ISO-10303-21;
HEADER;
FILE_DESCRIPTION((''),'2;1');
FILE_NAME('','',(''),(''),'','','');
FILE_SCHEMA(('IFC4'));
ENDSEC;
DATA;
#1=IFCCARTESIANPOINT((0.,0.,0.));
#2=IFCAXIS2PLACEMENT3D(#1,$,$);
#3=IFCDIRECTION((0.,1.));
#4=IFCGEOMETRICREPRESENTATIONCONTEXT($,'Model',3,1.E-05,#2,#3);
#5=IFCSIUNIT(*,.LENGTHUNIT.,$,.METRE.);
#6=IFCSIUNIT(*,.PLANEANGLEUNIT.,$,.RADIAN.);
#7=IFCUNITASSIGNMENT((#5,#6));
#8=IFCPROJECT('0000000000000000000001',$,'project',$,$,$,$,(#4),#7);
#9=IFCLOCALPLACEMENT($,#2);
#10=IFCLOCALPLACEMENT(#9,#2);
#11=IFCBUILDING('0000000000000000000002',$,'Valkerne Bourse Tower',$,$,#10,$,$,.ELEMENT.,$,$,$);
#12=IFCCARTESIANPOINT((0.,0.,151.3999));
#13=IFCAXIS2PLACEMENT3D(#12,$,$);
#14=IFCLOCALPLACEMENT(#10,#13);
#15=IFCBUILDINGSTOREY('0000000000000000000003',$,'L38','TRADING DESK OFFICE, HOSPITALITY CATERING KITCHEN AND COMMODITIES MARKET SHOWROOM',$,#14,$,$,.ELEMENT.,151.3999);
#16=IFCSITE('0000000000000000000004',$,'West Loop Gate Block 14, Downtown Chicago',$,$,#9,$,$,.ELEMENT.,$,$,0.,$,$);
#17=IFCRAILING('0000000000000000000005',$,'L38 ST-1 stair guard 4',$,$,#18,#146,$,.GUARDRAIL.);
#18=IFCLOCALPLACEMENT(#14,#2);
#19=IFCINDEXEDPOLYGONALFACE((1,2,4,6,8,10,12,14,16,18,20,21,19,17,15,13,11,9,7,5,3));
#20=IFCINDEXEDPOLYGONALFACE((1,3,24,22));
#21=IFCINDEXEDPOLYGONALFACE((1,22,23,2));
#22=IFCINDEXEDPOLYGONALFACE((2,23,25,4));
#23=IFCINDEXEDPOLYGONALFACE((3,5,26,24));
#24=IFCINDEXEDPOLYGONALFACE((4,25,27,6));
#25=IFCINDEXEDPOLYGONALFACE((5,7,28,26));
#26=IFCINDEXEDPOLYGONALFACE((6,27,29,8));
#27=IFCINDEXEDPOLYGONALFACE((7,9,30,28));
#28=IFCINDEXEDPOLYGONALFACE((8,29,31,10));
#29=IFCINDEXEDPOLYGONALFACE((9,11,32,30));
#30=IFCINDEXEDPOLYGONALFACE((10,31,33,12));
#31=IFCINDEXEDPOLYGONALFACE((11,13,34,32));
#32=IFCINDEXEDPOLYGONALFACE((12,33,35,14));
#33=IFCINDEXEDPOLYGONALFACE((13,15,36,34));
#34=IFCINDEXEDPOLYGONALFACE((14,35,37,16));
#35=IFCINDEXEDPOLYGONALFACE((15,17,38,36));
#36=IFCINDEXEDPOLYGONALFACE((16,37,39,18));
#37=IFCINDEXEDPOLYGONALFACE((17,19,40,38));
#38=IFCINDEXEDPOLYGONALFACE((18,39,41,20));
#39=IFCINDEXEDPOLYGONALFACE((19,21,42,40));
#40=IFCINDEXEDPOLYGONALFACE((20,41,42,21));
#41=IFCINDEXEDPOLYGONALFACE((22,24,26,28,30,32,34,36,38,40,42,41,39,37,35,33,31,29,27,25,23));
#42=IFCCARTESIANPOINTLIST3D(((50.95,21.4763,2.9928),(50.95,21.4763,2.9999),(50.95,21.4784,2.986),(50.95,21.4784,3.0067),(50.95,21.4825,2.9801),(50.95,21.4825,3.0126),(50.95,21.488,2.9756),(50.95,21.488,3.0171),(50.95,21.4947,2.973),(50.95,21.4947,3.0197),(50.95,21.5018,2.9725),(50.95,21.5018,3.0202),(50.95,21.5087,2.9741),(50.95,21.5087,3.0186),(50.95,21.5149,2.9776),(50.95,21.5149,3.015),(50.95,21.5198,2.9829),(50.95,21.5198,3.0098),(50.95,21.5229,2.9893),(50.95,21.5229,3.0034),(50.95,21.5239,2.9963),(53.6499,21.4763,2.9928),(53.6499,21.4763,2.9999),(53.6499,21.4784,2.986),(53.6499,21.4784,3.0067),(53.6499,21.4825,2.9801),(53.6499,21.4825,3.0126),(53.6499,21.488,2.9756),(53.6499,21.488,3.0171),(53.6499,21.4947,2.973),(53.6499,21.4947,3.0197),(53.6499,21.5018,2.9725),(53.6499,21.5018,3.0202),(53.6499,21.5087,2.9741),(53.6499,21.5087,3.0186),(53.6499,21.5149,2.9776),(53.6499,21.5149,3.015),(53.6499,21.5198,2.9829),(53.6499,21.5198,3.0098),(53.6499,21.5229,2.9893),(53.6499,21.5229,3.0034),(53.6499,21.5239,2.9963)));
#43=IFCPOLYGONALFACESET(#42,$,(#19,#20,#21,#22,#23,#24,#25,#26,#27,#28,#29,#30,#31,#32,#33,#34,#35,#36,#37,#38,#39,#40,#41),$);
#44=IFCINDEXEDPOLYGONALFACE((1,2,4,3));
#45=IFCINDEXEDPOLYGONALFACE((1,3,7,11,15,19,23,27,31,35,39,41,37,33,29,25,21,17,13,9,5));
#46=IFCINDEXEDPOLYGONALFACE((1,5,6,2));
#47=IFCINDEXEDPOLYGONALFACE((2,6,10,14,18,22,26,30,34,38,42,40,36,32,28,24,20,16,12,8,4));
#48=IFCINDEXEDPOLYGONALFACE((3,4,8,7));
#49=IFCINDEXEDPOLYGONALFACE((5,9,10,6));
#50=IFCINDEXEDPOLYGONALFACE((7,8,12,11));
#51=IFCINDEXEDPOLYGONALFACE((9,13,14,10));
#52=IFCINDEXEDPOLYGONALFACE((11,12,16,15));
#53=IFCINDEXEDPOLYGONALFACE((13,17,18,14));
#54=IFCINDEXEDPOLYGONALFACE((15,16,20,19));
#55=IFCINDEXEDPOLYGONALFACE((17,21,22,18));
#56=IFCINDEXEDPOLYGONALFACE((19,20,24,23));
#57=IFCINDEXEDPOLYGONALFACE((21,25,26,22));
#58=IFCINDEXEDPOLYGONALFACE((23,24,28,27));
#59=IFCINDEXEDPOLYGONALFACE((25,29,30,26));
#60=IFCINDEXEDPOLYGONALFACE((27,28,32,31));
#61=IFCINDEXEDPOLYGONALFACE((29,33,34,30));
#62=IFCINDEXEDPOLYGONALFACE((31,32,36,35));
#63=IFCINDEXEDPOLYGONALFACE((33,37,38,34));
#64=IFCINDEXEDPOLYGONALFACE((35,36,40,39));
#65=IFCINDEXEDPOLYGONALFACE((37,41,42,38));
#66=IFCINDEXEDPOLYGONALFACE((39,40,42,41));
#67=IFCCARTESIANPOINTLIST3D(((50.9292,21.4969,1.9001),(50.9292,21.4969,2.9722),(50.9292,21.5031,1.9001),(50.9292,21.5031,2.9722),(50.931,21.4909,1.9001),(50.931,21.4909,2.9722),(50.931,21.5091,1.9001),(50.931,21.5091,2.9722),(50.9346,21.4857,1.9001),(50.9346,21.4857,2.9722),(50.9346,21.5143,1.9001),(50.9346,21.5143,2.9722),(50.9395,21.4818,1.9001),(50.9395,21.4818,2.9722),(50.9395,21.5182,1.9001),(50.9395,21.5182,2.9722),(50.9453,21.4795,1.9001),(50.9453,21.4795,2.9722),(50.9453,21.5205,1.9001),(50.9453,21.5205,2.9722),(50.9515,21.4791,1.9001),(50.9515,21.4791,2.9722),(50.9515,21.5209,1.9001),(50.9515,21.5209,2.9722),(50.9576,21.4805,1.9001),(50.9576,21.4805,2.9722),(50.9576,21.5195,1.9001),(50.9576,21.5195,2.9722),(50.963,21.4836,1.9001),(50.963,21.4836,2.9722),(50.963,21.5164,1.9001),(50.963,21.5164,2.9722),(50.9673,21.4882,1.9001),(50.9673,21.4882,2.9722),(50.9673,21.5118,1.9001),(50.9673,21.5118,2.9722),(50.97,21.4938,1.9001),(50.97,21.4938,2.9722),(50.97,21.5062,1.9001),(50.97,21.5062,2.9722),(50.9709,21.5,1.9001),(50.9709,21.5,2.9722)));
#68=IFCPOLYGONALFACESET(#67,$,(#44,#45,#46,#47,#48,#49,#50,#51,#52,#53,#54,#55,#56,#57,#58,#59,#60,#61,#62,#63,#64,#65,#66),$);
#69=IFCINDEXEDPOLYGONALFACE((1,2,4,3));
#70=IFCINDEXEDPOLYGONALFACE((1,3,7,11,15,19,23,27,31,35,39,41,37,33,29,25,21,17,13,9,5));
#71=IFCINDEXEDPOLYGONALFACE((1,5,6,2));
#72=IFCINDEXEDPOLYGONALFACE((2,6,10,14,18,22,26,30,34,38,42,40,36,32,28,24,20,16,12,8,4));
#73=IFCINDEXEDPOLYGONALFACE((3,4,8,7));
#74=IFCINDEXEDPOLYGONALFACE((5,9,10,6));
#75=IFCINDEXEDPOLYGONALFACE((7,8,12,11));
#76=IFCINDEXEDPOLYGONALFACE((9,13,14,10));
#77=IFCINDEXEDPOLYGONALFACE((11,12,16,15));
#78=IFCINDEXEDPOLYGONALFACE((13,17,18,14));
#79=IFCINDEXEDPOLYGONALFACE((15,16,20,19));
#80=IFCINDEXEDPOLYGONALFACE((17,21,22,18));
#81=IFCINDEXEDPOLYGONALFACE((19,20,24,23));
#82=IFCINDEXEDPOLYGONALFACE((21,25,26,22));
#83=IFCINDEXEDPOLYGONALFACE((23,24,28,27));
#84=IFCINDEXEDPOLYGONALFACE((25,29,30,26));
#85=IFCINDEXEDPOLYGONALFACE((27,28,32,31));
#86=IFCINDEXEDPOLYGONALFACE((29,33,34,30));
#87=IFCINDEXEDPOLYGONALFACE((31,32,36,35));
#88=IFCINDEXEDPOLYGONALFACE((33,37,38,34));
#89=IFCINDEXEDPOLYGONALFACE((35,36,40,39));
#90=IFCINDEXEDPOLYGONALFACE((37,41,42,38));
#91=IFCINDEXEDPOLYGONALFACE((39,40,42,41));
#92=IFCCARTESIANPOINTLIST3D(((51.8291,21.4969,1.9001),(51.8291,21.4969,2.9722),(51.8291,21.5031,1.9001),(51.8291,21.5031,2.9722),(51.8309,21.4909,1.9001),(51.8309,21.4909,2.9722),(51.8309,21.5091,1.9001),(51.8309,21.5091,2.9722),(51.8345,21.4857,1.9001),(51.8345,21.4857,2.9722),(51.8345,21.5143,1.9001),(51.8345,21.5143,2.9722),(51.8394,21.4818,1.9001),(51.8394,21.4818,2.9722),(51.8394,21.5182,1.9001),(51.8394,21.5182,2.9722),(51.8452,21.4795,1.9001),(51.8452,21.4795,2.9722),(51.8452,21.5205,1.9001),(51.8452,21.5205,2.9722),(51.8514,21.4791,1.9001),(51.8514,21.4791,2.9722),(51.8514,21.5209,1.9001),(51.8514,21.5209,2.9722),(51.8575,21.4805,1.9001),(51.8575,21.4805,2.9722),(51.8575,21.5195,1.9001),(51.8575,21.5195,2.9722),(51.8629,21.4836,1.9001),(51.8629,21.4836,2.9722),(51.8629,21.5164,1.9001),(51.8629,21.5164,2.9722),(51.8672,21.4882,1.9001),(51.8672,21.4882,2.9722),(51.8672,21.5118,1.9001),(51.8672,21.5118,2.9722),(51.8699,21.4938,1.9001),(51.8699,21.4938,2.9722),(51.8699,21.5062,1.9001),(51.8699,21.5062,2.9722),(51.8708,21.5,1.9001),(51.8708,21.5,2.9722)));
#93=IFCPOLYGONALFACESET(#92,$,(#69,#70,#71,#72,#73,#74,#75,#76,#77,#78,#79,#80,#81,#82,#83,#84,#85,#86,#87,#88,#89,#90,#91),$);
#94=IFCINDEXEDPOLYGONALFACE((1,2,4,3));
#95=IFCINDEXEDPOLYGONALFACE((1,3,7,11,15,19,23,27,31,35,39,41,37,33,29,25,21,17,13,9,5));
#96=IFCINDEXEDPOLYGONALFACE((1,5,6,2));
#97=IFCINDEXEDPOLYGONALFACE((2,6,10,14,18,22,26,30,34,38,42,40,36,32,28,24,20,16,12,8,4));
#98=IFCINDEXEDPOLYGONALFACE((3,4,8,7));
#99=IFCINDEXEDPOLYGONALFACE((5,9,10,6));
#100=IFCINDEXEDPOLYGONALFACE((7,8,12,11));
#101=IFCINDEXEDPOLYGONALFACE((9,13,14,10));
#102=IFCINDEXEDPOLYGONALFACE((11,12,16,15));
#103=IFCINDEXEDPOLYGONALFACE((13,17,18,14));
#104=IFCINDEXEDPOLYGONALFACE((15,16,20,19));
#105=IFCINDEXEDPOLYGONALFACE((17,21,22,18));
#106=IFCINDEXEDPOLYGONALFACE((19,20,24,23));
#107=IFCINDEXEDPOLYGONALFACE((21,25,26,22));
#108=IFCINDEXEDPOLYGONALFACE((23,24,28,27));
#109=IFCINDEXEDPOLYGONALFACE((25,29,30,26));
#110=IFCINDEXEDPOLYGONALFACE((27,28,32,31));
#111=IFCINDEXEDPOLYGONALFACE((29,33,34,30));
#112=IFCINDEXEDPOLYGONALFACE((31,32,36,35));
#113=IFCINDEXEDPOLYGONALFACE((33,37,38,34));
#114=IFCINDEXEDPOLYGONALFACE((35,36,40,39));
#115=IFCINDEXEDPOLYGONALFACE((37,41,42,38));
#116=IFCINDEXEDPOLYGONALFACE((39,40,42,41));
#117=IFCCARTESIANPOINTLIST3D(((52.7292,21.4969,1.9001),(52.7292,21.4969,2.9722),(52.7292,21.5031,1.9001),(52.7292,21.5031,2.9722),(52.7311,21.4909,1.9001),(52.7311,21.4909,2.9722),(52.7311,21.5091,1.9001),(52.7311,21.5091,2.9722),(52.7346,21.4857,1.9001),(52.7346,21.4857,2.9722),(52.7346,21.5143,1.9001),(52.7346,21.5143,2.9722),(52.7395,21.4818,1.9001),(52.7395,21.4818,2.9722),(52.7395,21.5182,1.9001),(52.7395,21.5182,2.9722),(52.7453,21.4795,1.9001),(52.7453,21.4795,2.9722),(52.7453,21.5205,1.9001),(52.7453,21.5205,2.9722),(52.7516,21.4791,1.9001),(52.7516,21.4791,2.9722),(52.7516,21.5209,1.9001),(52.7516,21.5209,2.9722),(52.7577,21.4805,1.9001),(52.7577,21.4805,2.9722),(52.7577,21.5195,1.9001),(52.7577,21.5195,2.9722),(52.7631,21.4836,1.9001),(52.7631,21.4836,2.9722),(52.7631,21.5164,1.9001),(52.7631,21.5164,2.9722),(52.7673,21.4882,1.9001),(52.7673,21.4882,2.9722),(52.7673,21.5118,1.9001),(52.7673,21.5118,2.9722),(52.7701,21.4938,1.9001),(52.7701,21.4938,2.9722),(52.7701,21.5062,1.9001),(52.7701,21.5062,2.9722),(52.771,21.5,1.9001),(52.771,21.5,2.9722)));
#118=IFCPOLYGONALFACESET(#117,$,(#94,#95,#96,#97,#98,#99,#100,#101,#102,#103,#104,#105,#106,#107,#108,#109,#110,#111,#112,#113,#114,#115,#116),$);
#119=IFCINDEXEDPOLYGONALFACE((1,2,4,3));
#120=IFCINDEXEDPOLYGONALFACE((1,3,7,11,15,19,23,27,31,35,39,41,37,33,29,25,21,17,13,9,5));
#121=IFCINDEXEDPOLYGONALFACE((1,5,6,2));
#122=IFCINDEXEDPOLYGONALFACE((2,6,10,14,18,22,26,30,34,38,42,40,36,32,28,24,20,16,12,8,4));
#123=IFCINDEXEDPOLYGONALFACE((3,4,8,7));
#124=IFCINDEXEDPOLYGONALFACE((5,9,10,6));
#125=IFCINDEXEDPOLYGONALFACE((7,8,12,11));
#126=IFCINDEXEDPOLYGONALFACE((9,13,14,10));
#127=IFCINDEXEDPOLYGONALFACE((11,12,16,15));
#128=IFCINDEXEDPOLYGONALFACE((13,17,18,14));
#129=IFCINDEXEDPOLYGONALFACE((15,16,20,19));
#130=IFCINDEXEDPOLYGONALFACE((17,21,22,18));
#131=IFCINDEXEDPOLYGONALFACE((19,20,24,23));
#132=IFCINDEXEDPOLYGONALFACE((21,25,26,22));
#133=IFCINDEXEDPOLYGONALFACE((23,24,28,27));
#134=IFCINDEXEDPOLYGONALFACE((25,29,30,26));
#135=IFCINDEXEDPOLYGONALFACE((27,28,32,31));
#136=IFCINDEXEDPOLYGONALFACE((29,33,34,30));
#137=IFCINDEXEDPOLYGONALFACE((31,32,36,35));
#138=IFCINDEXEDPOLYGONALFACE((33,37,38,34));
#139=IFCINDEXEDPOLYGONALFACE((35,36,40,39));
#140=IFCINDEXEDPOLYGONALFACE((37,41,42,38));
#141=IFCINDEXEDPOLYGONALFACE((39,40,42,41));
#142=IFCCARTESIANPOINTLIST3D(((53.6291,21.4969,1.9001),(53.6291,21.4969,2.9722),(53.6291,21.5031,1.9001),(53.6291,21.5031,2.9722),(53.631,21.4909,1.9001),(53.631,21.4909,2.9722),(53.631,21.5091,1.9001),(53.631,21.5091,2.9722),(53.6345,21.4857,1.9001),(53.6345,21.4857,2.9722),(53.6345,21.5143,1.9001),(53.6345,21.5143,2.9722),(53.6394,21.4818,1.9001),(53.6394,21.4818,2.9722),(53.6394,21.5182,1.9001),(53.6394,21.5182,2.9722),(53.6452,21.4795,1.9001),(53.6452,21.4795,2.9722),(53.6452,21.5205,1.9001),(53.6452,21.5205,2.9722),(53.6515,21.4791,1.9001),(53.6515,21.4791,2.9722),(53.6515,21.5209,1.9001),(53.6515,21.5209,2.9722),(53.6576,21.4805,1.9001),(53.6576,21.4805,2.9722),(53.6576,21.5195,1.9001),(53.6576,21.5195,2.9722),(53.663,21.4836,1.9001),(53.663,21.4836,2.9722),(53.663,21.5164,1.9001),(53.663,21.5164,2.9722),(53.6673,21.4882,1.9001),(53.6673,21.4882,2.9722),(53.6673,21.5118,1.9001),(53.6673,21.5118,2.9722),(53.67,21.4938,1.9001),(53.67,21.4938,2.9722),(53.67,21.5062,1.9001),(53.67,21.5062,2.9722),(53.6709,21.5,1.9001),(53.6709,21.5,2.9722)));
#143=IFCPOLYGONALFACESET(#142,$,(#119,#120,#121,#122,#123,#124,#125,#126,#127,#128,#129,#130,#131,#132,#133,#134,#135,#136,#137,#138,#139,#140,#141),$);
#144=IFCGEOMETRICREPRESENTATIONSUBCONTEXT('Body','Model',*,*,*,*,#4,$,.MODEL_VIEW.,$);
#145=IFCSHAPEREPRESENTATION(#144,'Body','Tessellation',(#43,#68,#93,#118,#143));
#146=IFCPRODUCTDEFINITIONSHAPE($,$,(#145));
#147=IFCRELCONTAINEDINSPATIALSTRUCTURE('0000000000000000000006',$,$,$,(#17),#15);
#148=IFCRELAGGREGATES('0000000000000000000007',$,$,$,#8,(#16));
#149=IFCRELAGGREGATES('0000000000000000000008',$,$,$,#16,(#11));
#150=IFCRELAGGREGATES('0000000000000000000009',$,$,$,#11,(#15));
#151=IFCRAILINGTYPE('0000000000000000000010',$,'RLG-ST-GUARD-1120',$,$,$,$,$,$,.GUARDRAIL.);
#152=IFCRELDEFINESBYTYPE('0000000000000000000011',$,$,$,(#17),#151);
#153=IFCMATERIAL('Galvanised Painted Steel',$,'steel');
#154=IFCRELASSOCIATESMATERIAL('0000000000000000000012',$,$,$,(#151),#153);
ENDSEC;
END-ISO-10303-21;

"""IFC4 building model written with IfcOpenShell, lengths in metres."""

from ifc_helpers import new_model, si_unit, direction, frame, origin, origin_2d, place, context, subcontext, project, spatial, circle, extrude, material, type_object, element, save


model = new_model("IFC4")

# Units and contexts
model_context = context("Model", 3, precision=1e-05, world=origin(), true_north=direction((0.0, 1.0)))
body_context = subcontext(model_context, "Body", "Model", "MODEL_VIEW")
ifc_project = project(units=[si_unit("LENGTHUNIT", "METRE"), si_unit("PLANEANGLEUNIT", "RADIAN")], contexts=[model_context])

# Site, building, storey
site_placement = place(None, origin())
site = spatial("IfcSite", under=ifc_project, at=site_placement, Name="West Loop Gate Block 14, Downtown Chicago", CompositionType="ELEMENT", RefElevation=0.0)
building_placement = place(site_placement, origin())
building = spatial("IfcBuilding", under=site, at=building_placement, Name="Valkerne Bourse Tower", CompositionType="ELEMENT")
storey_placement = place(building_placement, frame((0.0, 0.0, 151.3999)))
storey = spatial("IfcBuildingStorey", under=building, at=storey_placement, Name="L38", Description="TRADING DESK OFFICE, HOSPITALITY CATERING KITCHEN AND COMMODITIES MARKET SHOWROOM", CompositionType="ELEMENT", Elevation=151.3999)

# Shared definitions
ifc_material_1 = material(Name="Galvanised Painted Steel", Category="steel")

# Railing
railing_type_1 = type_object("IfcRailingType", Name="RLG-ST-GUARD-1120", PredefinedType="GUARDRAIL", material=ifc_material_1)
for number, where, name in (
    (1, (50.95, 21.5, 1.9001), "L38 ST-1 stair guard 4"),
):
    element("IfcRailing", number, at=place(storey_placement, frame(where)), inside=storey, type_object=railing_type_1, Name=name, PredefinedType="GUARDRAIL", context=body_context, shape_type="SweptSolid", body=[
        extrude(circle(Radius=0.0239, at=origin_2d()), frame((0.0, 0.0, 1.0962), z_axis=(1.0, 0.0, 0.0), x_axis=(0.0, 1.0, 0.0)), (0.0, 0.0, 1.0), 2.7),
        extrude(circle(Radius=0.021, at=origin_2d()), origin(), (0.0, 0.0, 1.0), 1.072),
        extrude(circle(Radius=0.021, at=origin_2d()), frame((0.8999, 0.0, 0.0)), (0.0, 0.0, 1.0), 1.072),
        extrude(circle(Radius=0.021, at=origin_2d()), frame((1.8, 0.0, 0.0)), (0.0, 0.0, 1.0), 1.072),
        extrude(circle(Radius=0.021, at=origin_2d()), frame((2.7, 0.0, 0.0)), (0.0, 0.0, 1.0), 1.072),
    ])

save(model, "model.ifc")
